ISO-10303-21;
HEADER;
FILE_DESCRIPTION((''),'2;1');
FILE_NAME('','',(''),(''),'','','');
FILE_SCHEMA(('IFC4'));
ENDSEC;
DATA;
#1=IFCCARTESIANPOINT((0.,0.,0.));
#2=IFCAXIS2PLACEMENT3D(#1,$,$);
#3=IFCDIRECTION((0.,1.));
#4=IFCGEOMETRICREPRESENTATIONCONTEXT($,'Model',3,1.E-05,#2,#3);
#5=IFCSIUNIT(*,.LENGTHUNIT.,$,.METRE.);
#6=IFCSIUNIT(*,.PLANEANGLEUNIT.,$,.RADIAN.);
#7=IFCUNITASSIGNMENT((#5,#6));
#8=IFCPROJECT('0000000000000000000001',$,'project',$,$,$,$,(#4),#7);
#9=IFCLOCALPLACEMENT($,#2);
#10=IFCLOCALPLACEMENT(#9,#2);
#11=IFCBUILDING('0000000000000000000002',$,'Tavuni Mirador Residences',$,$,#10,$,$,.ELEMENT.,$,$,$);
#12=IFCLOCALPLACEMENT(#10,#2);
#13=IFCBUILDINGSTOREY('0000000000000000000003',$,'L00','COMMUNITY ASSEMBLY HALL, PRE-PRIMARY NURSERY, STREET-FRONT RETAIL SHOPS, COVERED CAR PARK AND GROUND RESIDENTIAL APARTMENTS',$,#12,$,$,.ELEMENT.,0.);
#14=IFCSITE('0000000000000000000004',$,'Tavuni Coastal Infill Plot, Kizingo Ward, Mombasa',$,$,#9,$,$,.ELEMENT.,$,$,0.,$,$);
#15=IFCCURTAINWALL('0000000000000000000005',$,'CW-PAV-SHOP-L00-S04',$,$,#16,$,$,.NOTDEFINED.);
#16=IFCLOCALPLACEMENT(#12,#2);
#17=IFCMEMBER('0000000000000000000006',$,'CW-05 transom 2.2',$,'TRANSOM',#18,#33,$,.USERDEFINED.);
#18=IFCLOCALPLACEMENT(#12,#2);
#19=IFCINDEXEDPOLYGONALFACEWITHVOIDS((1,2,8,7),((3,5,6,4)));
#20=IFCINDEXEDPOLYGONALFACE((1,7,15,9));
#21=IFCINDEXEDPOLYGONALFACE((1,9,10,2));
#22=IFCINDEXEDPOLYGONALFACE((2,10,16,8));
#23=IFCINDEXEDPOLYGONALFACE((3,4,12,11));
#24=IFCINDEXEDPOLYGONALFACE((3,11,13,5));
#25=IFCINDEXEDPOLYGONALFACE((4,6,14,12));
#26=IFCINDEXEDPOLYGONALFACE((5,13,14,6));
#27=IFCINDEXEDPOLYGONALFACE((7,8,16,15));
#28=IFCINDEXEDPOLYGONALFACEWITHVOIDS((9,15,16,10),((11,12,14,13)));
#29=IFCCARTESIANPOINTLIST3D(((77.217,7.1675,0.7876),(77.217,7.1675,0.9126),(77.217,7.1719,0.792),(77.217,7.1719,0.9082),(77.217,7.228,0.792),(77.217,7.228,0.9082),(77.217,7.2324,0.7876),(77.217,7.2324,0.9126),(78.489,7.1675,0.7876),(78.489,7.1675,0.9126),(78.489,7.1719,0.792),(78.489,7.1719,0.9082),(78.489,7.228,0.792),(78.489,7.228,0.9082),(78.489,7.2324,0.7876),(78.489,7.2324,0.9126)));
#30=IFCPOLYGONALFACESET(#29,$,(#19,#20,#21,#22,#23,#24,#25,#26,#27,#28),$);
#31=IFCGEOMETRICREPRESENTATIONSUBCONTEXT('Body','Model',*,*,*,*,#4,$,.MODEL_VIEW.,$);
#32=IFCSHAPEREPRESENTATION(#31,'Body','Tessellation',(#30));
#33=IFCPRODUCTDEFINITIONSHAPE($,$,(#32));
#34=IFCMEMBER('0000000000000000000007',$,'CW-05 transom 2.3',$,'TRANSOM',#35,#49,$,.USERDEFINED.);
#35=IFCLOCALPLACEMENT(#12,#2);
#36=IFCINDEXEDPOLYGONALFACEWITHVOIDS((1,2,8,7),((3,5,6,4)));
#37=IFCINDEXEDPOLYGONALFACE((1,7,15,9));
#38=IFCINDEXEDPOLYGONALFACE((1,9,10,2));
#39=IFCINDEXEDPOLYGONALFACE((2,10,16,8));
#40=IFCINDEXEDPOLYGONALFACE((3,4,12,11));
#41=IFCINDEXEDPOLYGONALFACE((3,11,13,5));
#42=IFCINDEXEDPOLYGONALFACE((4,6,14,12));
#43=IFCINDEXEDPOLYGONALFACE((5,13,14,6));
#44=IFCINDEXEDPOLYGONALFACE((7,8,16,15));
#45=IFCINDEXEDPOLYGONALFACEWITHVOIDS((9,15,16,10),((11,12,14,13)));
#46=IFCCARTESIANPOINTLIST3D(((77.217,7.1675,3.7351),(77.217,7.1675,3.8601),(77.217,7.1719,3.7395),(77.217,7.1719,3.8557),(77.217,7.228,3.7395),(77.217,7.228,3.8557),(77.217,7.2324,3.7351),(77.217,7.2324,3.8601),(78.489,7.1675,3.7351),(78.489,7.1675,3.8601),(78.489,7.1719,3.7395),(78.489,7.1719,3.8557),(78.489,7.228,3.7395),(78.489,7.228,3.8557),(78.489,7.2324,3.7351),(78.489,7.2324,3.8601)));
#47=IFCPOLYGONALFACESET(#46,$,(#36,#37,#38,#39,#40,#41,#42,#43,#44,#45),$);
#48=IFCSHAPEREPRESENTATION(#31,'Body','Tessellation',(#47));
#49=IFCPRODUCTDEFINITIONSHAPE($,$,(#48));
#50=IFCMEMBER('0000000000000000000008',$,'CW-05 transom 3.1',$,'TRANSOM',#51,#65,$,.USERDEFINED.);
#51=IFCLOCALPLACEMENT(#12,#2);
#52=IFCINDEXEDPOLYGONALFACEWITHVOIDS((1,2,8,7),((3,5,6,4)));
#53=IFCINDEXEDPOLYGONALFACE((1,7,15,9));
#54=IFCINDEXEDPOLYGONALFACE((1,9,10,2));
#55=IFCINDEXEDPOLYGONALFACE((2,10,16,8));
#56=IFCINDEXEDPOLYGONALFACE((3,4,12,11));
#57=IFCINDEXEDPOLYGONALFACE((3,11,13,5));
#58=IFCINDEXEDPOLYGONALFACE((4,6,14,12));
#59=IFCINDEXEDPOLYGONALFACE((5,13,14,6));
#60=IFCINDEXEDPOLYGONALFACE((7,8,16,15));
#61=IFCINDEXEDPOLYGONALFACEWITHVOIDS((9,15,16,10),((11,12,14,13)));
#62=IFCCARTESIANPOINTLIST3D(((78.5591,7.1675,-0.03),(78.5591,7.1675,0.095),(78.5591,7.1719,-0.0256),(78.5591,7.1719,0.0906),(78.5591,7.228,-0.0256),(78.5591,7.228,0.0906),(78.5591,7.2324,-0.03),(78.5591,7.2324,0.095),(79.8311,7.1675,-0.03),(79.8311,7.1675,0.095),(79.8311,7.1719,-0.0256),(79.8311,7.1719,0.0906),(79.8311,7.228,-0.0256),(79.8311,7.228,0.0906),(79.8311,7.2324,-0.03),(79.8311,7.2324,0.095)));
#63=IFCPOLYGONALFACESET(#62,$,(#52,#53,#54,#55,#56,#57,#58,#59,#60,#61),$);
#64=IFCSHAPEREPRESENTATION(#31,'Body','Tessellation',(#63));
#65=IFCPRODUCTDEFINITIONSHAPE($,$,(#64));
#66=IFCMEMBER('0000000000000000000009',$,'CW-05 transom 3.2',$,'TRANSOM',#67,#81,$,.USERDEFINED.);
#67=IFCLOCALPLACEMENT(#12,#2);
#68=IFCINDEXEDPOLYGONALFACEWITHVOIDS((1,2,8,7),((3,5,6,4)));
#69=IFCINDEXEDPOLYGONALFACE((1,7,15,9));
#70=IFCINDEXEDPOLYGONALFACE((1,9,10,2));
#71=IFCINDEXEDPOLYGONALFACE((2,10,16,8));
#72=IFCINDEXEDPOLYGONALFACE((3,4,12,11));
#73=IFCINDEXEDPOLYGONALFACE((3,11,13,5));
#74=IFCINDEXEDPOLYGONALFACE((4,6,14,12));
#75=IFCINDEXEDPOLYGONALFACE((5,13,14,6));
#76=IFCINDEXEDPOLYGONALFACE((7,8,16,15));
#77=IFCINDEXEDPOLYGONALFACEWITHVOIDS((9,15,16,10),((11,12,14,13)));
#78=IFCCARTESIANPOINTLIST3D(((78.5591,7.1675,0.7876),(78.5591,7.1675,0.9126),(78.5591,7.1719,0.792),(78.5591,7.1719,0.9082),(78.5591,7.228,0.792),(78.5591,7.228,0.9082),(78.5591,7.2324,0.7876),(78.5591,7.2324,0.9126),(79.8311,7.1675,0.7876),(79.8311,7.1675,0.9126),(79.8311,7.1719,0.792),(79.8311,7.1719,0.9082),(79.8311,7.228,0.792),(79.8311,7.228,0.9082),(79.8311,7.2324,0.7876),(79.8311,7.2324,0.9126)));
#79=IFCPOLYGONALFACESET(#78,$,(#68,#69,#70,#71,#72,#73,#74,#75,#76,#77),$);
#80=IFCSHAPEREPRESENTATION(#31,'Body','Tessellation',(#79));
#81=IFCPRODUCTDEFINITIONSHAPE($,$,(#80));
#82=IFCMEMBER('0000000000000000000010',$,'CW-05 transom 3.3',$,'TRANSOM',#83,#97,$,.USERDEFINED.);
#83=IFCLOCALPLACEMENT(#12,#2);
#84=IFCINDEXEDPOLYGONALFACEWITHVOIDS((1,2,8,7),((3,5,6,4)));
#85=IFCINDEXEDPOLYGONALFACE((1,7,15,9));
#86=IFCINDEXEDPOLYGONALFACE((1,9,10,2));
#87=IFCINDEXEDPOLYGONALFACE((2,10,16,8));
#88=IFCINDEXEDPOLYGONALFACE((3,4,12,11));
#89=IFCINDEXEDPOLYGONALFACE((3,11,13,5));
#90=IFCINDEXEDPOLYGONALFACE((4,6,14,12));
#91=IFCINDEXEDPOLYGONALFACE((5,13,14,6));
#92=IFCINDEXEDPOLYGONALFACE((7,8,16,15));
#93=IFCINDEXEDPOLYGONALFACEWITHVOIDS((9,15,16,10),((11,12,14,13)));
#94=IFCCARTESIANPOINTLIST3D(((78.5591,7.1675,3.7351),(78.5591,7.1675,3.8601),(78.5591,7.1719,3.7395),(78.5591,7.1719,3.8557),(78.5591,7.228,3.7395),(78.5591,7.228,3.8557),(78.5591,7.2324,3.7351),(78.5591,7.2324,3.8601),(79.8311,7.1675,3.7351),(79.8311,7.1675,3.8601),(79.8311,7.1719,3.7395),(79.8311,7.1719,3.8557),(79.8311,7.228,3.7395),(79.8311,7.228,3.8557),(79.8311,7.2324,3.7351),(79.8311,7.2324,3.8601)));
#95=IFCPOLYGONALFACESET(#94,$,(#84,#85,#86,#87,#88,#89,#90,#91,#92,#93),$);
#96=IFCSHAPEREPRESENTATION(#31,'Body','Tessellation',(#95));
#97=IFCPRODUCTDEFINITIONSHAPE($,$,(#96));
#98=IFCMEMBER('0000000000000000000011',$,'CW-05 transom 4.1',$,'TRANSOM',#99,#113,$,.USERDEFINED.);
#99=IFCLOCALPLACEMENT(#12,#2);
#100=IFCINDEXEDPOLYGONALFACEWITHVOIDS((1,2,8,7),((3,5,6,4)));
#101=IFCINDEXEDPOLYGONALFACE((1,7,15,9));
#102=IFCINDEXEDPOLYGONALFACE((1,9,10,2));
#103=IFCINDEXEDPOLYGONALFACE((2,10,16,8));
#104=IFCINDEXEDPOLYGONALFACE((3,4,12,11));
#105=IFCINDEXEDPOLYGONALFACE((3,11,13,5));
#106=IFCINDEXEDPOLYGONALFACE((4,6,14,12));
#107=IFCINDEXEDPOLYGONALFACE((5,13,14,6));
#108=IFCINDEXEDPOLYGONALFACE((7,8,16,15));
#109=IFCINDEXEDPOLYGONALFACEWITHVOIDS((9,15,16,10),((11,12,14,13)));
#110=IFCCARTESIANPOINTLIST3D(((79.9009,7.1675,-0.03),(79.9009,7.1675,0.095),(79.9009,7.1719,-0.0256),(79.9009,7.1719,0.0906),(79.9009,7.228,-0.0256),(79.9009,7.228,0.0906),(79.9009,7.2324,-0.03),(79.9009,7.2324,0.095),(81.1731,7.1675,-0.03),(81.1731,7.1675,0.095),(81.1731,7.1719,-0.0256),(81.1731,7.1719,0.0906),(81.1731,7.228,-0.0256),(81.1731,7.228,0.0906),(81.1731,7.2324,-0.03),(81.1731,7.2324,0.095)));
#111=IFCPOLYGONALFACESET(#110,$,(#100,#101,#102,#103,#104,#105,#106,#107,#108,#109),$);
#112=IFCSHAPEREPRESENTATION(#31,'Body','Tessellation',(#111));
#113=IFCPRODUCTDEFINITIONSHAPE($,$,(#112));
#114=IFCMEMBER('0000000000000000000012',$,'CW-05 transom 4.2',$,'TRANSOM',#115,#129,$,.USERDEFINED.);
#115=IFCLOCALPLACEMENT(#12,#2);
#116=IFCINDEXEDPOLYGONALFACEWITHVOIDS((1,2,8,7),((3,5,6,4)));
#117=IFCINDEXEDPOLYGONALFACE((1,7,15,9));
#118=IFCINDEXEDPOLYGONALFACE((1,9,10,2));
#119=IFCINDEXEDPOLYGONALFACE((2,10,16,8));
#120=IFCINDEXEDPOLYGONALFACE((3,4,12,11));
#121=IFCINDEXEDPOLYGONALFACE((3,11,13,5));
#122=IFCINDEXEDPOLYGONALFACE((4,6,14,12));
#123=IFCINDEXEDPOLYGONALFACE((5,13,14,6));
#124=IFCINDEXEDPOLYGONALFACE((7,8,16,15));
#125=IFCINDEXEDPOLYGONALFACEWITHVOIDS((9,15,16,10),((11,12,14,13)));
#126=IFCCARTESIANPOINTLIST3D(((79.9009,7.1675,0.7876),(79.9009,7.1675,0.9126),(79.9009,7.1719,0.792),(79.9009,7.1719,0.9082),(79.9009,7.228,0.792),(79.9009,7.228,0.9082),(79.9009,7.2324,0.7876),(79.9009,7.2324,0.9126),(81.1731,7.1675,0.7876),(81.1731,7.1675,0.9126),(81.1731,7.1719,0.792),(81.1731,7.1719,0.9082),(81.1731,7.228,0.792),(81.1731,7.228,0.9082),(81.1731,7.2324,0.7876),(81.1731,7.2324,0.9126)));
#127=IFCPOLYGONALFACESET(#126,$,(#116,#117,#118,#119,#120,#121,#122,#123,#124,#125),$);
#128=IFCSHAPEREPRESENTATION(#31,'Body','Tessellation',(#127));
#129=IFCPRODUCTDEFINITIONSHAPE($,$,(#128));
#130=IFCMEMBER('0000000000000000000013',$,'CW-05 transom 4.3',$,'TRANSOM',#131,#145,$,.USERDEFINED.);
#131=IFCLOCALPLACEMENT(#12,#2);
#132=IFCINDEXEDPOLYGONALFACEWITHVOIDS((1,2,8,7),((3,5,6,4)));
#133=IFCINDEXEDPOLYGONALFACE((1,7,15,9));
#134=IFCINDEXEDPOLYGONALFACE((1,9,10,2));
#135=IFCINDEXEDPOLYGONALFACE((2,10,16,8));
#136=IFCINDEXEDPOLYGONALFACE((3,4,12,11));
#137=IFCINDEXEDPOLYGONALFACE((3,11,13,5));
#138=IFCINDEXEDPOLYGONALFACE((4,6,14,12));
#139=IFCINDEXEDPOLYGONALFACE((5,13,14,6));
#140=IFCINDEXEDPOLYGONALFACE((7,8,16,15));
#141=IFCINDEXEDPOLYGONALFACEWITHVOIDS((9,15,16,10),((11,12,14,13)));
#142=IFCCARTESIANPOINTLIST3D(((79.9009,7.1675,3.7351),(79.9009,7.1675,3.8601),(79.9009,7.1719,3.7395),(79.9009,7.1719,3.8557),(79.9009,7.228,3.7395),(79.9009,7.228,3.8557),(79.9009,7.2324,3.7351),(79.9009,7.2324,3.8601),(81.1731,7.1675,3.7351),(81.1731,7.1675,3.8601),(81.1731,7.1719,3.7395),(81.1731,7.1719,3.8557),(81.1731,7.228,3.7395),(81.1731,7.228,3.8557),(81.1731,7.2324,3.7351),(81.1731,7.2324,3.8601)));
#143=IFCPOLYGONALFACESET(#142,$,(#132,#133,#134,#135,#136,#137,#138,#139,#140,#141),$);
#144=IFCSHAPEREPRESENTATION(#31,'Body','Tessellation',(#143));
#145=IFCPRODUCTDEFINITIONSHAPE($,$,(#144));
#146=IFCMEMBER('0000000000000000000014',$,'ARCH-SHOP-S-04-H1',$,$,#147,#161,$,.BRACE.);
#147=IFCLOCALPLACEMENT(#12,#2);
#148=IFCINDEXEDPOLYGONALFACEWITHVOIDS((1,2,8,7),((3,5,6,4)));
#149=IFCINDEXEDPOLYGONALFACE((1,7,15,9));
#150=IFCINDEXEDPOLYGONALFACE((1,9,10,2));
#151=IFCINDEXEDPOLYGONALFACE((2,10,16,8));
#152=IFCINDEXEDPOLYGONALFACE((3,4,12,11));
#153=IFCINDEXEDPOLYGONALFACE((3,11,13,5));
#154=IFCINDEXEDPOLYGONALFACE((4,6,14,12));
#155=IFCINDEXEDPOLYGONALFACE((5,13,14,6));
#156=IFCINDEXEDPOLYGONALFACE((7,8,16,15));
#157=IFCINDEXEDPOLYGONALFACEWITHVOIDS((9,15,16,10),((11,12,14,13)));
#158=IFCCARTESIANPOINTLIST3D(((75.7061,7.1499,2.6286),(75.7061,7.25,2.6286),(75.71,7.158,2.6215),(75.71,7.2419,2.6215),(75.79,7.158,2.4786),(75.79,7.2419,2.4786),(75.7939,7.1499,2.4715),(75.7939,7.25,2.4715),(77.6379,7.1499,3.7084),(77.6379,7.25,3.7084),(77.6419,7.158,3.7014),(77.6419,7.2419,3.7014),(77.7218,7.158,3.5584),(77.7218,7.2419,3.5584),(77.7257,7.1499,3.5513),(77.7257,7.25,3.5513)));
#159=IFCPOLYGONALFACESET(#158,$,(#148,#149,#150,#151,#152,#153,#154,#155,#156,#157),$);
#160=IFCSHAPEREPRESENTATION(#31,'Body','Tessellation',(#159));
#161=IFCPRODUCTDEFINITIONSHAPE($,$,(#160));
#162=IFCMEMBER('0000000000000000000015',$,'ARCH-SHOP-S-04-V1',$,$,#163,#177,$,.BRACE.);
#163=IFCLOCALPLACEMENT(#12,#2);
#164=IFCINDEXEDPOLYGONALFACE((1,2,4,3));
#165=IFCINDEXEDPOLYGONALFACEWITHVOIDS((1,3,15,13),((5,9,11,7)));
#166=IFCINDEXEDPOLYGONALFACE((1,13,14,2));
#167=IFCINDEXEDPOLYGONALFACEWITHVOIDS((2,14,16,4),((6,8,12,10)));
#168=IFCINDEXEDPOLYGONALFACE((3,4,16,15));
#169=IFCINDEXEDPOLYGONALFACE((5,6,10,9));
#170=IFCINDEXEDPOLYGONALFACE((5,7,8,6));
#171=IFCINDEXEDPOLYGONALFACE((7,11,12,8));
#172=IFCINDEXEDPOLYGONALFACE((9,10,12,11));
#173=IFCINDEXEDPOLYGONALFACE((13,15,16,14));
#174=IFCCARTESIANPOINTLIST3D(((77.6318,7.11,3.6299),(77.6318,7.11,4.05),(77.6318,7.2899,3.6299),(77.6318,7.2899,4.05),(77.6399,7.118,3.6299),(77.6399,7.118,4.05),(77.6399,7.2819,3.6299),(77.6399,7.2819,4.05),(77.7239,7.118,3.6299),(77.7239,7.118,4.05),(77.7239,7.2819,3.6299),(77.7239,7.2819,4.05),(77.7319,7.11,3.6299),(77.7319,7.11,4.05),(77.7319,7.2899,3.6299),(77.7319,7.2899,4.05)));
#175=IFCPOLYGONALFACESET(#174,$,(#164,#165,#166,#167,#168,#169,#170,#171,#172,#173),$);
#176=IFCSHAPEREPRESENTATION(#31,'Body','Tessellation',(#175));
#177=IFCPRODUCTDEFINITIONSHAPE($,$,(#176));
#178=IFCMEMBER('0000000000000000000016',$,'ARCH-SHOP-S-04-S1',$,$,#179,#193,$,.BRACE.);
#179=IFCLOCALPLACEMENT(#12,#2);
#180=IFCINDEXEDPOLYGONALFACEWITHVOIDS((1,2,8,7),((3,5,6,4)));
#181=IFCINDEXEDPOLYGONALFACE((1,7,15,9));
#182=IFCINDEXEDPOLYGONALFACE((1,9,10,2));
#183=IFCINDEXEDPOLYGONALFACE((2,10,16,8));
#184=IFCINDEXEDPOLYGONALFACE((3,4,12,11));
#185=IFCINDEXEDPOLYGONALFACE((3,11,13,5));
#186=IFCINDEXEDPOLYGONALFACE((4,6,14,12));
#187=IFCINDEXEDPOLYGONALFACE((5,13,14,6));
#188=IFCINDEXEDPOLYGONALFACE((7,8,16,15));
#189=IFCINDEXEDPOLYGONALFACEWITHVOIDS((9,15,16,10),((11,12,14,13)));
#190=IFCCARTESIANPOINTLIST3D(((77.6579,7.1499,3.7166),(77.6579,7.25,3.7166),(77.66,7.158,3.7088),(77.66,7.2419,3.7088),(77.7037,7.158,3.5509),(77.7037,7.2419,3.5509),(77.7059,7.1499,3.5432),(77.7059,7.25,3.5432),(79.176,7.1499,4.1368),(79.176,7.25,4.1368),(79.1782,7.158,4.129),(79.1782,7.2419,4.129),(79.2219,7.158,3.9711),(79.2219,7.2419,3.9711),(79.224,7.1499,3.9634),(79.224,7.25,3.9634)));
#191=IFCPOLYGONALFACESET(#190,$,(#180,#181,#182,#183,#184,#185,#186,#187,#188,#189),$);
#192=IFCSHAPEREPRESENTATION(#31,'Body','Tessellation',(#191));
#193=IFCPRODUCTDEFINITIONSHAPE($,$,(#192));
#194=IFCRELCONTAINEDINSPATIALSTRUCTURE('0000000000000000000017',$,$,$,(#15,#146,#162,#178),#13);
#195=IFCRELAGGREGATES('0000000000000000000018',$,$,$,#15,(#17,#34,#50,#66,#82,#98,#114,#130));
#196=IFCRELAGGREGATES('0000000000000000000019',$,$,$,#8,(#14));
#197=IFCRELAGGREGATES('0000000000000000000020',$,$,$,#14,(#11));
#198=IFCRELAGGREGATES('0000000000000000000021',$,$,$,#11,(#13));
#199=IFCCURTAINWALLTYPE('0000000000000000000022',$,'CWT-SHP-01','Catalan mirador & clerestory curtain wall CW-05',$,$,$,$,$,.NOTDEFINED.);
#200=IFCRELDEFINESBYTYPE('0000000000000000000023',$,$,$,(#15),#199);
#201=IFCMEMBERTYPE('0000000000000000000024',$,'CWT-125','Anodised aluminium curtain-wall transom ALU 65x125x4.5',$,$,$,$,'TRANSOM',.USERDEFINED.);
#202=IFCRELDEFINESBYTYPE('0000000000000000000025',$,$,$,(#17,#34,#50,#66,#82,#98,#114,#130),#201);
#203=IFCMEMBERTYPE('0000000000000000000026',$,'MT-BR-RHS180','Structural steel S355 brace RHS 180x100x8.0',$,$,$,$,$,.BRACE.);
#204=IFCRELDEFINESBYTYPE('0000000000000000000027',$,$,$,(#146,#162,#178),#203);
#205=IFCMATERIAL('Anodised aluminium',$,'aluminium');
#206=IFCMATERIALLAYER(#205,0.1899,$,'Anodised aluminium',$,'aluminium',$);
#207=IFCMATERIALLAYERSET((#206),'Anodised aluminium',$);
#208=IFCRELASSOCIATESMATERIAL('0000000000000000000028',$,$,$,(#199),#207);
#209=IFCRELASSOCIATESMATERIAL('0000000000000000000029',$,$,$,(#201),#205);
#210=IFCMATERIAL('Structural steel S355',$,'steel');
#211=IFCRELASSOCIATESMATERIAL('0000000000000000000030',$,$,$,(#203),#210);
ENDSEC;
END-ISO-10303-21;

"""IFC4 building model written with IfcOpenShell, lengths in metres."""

from ifc_helpers import new_model, si_unit, direction, frame, origin, origin_2d, place, context, subcontext, project, spatial, hollow_rectangle, extrude, material, layer, layer_set, material_profile, profile_set, type_object, element, aggregate, save


model = new_model("IFC4")

# Units and contexts
model_context = context("Model", 3, precision=1e-05, world=origin(), true_north=direction((0.0, 1.0)))
body_context = subcontext(model_context, "Body", "Model", "MODEL_VIEW")
ifc_project = project(units=[si_unit("LENGTHUNIT", "METRE"), si_unit("PLANEANGLEUNIT", "RADIAN")], contexts=[model_context])

# Site, building, storey
site_placement = place(None, origin())
site = spatial("IfcSite", under=ifc_project, at=site_placement, Name="Tavuni Coastal Infill Plot, Kizingo Ward, Mombasa", CompositionType="ELEMENT", RefElevation=0.0)
building_placement = place(site_placement, origin())
building = spatial("IfcBuilding", under=site, at=building_placement, Name="Tavuni Mirador Residences", CompositionType="ELEMENT")
storey_placement = place(building_placement, origin())
storey = spatial("IfcBuildingStorey", under=building, at=storey_placement, Name="L00", Description="COMMUNITY ASSEMBLY HALL, PRE-PRIMARY NURSERY, STREET-FRONT RETAIL SHOPS, COVERED CAR PARK AND GROUND RESIDENTIAL APARTMENTS", CompositionType="ELEMENT", Elevation=0.0)

# Curtain wall, members
ifc_material_1 = material(Name="Anodised aluminium", Category="aluminium")
ifc_layer_1 = layer(ifc_material_1, 0.1899, Name="Anodised aluminium", Category="aluminium")
ifc_layer_set_1 = layer_set([ifc_layer_1], Name="Anodised aluminium")
curtain_wall_type = type_object("IfcCurtainWallType", Name="CWT-SHP-01", Description="Catalan mirador & clerestory curtain wall CW-05", PredefinedType="NOTDEFINED", material=ifc_layer_set_1)
curtain_wall_placement = place(storey_placement, origin())
curtain_wall = element("IfcCurtainWall", 1, at=curtain_wall_placement, inside=storey, type_object=curtain_wall_type, Name="CW-PAV-SHOP-L00-S04", PredefinedType="NOTDEFINED")
ifc_material_profile_1 = material_profile(ifc_material_1, hollow_rectangle(XDim=0.0649, YDim=0.125, WallThickness=0.0044, at=origin_2d()), Name="ALU 65x125x4.5", Category="aluminium")
ifc_profile_set_1 = profile_set([ifc_material_profile_1], Name="Anodised aluminium")
member_type_1 = type_object("IfcMemberType", Name="CWT-125", Description="Anodised aluminium curtain-wall transom ALU 65x125x4.5", ElementType="TRANSOM", PredefinedType="USERDEFINED", material=ifc_profile_set_1)
member_1_placement = place(storey_placement, frame((77.217, 7.2, 0.8501), z_axis=(1.0, 0.0, 0.0), x_axis=(0.0, 1.0, 0.0)))
member_1 = element("IfcMember", 2, at=member_1_placement, type_object=member_type_1, Name="CW-05 transom 2.2", ObjectType="TRANSOM", PredefinedType="USERDEFINED", context=body_context, shape_type="SweptSolid", body=[
    extrude(hollow_rectangle(XDim=0.0649, YDim=0.125, WallThickness=0.0044, at=origin_2d()), origin(), (0.0, 0.0, 1.0), 1.272),
])
member_2_placement = place(storey_placement, frame((77.217, 7.2, 3.7976), z_axis=(1.0, 0.0, 0.0), x_axis=(0.0, 1.0, 0.0)))
member_2 = element("IfcMember", 3, at=member_2_placement, type_object=member_type_1, Name="CW-05 transom 2.3", ObjectType="TRANSOM", PredefinedType="USERDEFINED", context=body_context, shape_type="SweptSolid", body=[
    extrude(hollow_rectangle(XDim=0.0649, YDim=0.125, WallThickness=0.0044, at=origin_2d()), origin(), (0.0, 0.0, 1.0), 1.272),
])
member_3_placement = place(storey_placement, frame((78.5591, 7.2, 0.0325), z_axis=(1.0, 0.0, 0.0), x_axis=(0.0, 1.0, 0.0)))
member_3 = element("IfcMember", 4, at=member_3_placement, type_object=member_type_1, Name="CW-05 transom 3.1", ObjectType="TRANSOM", PredefinedType="USERDEFINED", context=body_context, shape_type="SweptSolid", body=[
    extrude(hollow_rectangle(XDim=0.0649, YDim=0.125, WallThickness=0.0044, at=origin_2d()), origin(), (0.0, 0.0, 1.0), 1.272),
])
member_4_placement = place(storey_placement, frame((78.5591, 7.2, 0.8501), z_axis=(1.0, 0.0, 0.0), x_axis=(0.0, 1.0, 0.0)))
member_4 = element("IfcMember", 5, at=member_4_placement, type_object=member_type_1, Name="CW-05 transom 3.2", ObjectType="TRANSOM", PredefinedType="USERDEFINED", context=body_context, shape_type="SweptSolid", body=[
    extrude(hollow_rectangle(XDim=0.0649, YDim=0.125, WallThickness=0.0044, at=origin_2d()), origin(), (0.0, 0.0, 1.0), 1.272),
])
member_5_placement = place(storey_placement, frame((78.5591, 7.2, 3.7976), z_axis=(1.0, 0.0, 0.0), x_axis=(0.0, 1.0, 0.0)))
member_5 = element("IfcMember", 6, at=member_5_placement, type_object=member_type_1, Name="CW-05 transom 3.3", ObjectType="TRANSOM", PredefinedType="USERDEFINED", context=body_context, shape_type="SweptSolid", body=[
    extrude(hollow_rectangle(XDim=0.0649, YDim=0.125, WallThickness=0.0044, at=origin_2d()), origin(), (0.0, 0.0, 1.0), 1.272),
])
member_6_placement = place(storey_placement, frame((79.9009, 7.2, 0.0325), z_axis=(1.0, 0.0, 0.0), x_axis=(0.0, 1.0, 0.0)))
member_6 = element("IfcMember", 7, at=member_6_placement, type_object=member_type_1, Name="CW-05 transom 4.1", ObjectType="TRANSOM", PredefinedType="USERDEFINED", context=body_context, shape_type="SweptSolid", body=[
    extrude(hollow_rectangle(XDim=0.0649, YDim=0.125, WallThickness=0.0044, at=origin_2d()), origin(), (0.0, 0.0, 1.0), 1.2722),
])
member_7_placement = place(storey_placement, frame((79.9009, 7.2, 0.8501), z_axis=(1.0, 0.0, 0.0), x_axis=(0.0, 1.0, 0.0)))
member_7 = element("IfcMember", 8, at=member_7_placement, type_object=member_type_1, Name="CW-05 transom 4.2", ObjectType="TRANSOM", PredefinedType="USERDEFINED", context=body_context, shape_type="SweptSolid", body=[
    extrude(hollow_rectangle(XDim=0.0649, YDim=0.125, WallThickness=0.0044, at=origin_2d()), origin(), (0.0, 0.0, 1.0), 1.2722),
])
member_8_placement = place(storey_placement, frame((79.9009, 7.2, 3.7976), z_axis=(1.0, 0.0, 0.0), x_axis=(0.0, 1.0, 0.0)))
member_8 = element("IfcMember", 9, at=member_8_placement, type_object=member_type_1, Name="CW-05 transom 4.3", ObjectType="TRANSOM", PredefinedType="USERDEFINED", context=body_context, shape_type="SweptSolid", body=[
    extrude(hollow_rectangle(XDim=0.0649, YDim=0.125, WallThickness=0.0044, at=origin_2d()), origin(), (0.0, 0.0, 1.0), 1.2722),
])

# Members
ifc_material_2 = material(Name="Structural steel S355", Category="steel")
ifc_material_profile_2 = material_profile(ifc_material_2, hollow_rectangle(XDim=0.1001, YDim=0.1799, WallThickness=0.0081, at=origin_2d()), Name="RHS 180x100x8.0", Category="steel")
ifc_profile_set_2 = profile_set([ifc_material_profile_2], Name="Structural steel S355")
member_type_2 = type_object("IfcMemberType", Name="MT-BR-RHS180", Description="Structural steel S355 brace RHS 180x100x8.0", PredefinedType="BRACE", material=ifc_profile_set_2)
member_9_placement = place(storey_placement, frame((75.75, 7.2, 2.55), z_axis=(0.872895, 0.0, 0.487908), x_axis=(0.0, 1.0, 0.0)))
element("IfcMember", 10, at=member_9_placement, inside=storey, type_object=member_type_2, Name="ARCH-SHOP-S-04-H1", PredefinedType="BRACE", context=body_context, shape_type="SweptSolid", body=[
    extrude(hollow_rectangle(XDim=0.1001, YDim=0.1799, WallThickness=0.0081, at=origin_2d()), origin(), (0.0, 0.0, 1.0), 2.2131),
])
member_10_placement = place(storey_placement, frame((77.6819, 7.2, 3.6299), z_axis=(0.0, 0.0, 1.0), x_axis=(1.0, 0.0, 0.0)))
element("IfcMember", 11, at=member_10_placement, inside=storey, type_object=member_type_2, Name="ARCH-SHOP-S-04-V1", PredefinedType="BRACE", context=body_context, shape_type="SweptSolid", body=[
    extrude(hollow_rectangle(XDim=0.1001, YDim=0.1799, WallThickness=0.0081, at=origin_2d()), origin(), (0.0, 0.0, 1.0), 0.4202),
])
for number, where, z_axis, x_axis, name in (
    (12, (77.6819, 7.2, 3.6299), (0.963766, 0.0, 0.266748), (0.0, 1.0, 0.0), "ARCH-SHOP-S-04-S1"),
):
    element("IfcMember", number, at=place(storey_placement, frame(where, z_axis=z_axis, x_axis=x_axis)), inside=storey, type_object=member_type_2, Name=name, PredefinedType="BRACE", context=body_context, shape_type="SweptSolid", body=[
        extrude(hollow_rectangle(XDim=0.1001, YDim=0.1799, WallThickness=0.0081, at=origin_2d()), origin(), (0.0, 0.0, 1.0), 1.5752),
    ])

aggregate(curtain_wall, [member_1, member_2, member_3, member_4, member_5, member_6, member_7, member_8])

save(model, "model.ifc")
